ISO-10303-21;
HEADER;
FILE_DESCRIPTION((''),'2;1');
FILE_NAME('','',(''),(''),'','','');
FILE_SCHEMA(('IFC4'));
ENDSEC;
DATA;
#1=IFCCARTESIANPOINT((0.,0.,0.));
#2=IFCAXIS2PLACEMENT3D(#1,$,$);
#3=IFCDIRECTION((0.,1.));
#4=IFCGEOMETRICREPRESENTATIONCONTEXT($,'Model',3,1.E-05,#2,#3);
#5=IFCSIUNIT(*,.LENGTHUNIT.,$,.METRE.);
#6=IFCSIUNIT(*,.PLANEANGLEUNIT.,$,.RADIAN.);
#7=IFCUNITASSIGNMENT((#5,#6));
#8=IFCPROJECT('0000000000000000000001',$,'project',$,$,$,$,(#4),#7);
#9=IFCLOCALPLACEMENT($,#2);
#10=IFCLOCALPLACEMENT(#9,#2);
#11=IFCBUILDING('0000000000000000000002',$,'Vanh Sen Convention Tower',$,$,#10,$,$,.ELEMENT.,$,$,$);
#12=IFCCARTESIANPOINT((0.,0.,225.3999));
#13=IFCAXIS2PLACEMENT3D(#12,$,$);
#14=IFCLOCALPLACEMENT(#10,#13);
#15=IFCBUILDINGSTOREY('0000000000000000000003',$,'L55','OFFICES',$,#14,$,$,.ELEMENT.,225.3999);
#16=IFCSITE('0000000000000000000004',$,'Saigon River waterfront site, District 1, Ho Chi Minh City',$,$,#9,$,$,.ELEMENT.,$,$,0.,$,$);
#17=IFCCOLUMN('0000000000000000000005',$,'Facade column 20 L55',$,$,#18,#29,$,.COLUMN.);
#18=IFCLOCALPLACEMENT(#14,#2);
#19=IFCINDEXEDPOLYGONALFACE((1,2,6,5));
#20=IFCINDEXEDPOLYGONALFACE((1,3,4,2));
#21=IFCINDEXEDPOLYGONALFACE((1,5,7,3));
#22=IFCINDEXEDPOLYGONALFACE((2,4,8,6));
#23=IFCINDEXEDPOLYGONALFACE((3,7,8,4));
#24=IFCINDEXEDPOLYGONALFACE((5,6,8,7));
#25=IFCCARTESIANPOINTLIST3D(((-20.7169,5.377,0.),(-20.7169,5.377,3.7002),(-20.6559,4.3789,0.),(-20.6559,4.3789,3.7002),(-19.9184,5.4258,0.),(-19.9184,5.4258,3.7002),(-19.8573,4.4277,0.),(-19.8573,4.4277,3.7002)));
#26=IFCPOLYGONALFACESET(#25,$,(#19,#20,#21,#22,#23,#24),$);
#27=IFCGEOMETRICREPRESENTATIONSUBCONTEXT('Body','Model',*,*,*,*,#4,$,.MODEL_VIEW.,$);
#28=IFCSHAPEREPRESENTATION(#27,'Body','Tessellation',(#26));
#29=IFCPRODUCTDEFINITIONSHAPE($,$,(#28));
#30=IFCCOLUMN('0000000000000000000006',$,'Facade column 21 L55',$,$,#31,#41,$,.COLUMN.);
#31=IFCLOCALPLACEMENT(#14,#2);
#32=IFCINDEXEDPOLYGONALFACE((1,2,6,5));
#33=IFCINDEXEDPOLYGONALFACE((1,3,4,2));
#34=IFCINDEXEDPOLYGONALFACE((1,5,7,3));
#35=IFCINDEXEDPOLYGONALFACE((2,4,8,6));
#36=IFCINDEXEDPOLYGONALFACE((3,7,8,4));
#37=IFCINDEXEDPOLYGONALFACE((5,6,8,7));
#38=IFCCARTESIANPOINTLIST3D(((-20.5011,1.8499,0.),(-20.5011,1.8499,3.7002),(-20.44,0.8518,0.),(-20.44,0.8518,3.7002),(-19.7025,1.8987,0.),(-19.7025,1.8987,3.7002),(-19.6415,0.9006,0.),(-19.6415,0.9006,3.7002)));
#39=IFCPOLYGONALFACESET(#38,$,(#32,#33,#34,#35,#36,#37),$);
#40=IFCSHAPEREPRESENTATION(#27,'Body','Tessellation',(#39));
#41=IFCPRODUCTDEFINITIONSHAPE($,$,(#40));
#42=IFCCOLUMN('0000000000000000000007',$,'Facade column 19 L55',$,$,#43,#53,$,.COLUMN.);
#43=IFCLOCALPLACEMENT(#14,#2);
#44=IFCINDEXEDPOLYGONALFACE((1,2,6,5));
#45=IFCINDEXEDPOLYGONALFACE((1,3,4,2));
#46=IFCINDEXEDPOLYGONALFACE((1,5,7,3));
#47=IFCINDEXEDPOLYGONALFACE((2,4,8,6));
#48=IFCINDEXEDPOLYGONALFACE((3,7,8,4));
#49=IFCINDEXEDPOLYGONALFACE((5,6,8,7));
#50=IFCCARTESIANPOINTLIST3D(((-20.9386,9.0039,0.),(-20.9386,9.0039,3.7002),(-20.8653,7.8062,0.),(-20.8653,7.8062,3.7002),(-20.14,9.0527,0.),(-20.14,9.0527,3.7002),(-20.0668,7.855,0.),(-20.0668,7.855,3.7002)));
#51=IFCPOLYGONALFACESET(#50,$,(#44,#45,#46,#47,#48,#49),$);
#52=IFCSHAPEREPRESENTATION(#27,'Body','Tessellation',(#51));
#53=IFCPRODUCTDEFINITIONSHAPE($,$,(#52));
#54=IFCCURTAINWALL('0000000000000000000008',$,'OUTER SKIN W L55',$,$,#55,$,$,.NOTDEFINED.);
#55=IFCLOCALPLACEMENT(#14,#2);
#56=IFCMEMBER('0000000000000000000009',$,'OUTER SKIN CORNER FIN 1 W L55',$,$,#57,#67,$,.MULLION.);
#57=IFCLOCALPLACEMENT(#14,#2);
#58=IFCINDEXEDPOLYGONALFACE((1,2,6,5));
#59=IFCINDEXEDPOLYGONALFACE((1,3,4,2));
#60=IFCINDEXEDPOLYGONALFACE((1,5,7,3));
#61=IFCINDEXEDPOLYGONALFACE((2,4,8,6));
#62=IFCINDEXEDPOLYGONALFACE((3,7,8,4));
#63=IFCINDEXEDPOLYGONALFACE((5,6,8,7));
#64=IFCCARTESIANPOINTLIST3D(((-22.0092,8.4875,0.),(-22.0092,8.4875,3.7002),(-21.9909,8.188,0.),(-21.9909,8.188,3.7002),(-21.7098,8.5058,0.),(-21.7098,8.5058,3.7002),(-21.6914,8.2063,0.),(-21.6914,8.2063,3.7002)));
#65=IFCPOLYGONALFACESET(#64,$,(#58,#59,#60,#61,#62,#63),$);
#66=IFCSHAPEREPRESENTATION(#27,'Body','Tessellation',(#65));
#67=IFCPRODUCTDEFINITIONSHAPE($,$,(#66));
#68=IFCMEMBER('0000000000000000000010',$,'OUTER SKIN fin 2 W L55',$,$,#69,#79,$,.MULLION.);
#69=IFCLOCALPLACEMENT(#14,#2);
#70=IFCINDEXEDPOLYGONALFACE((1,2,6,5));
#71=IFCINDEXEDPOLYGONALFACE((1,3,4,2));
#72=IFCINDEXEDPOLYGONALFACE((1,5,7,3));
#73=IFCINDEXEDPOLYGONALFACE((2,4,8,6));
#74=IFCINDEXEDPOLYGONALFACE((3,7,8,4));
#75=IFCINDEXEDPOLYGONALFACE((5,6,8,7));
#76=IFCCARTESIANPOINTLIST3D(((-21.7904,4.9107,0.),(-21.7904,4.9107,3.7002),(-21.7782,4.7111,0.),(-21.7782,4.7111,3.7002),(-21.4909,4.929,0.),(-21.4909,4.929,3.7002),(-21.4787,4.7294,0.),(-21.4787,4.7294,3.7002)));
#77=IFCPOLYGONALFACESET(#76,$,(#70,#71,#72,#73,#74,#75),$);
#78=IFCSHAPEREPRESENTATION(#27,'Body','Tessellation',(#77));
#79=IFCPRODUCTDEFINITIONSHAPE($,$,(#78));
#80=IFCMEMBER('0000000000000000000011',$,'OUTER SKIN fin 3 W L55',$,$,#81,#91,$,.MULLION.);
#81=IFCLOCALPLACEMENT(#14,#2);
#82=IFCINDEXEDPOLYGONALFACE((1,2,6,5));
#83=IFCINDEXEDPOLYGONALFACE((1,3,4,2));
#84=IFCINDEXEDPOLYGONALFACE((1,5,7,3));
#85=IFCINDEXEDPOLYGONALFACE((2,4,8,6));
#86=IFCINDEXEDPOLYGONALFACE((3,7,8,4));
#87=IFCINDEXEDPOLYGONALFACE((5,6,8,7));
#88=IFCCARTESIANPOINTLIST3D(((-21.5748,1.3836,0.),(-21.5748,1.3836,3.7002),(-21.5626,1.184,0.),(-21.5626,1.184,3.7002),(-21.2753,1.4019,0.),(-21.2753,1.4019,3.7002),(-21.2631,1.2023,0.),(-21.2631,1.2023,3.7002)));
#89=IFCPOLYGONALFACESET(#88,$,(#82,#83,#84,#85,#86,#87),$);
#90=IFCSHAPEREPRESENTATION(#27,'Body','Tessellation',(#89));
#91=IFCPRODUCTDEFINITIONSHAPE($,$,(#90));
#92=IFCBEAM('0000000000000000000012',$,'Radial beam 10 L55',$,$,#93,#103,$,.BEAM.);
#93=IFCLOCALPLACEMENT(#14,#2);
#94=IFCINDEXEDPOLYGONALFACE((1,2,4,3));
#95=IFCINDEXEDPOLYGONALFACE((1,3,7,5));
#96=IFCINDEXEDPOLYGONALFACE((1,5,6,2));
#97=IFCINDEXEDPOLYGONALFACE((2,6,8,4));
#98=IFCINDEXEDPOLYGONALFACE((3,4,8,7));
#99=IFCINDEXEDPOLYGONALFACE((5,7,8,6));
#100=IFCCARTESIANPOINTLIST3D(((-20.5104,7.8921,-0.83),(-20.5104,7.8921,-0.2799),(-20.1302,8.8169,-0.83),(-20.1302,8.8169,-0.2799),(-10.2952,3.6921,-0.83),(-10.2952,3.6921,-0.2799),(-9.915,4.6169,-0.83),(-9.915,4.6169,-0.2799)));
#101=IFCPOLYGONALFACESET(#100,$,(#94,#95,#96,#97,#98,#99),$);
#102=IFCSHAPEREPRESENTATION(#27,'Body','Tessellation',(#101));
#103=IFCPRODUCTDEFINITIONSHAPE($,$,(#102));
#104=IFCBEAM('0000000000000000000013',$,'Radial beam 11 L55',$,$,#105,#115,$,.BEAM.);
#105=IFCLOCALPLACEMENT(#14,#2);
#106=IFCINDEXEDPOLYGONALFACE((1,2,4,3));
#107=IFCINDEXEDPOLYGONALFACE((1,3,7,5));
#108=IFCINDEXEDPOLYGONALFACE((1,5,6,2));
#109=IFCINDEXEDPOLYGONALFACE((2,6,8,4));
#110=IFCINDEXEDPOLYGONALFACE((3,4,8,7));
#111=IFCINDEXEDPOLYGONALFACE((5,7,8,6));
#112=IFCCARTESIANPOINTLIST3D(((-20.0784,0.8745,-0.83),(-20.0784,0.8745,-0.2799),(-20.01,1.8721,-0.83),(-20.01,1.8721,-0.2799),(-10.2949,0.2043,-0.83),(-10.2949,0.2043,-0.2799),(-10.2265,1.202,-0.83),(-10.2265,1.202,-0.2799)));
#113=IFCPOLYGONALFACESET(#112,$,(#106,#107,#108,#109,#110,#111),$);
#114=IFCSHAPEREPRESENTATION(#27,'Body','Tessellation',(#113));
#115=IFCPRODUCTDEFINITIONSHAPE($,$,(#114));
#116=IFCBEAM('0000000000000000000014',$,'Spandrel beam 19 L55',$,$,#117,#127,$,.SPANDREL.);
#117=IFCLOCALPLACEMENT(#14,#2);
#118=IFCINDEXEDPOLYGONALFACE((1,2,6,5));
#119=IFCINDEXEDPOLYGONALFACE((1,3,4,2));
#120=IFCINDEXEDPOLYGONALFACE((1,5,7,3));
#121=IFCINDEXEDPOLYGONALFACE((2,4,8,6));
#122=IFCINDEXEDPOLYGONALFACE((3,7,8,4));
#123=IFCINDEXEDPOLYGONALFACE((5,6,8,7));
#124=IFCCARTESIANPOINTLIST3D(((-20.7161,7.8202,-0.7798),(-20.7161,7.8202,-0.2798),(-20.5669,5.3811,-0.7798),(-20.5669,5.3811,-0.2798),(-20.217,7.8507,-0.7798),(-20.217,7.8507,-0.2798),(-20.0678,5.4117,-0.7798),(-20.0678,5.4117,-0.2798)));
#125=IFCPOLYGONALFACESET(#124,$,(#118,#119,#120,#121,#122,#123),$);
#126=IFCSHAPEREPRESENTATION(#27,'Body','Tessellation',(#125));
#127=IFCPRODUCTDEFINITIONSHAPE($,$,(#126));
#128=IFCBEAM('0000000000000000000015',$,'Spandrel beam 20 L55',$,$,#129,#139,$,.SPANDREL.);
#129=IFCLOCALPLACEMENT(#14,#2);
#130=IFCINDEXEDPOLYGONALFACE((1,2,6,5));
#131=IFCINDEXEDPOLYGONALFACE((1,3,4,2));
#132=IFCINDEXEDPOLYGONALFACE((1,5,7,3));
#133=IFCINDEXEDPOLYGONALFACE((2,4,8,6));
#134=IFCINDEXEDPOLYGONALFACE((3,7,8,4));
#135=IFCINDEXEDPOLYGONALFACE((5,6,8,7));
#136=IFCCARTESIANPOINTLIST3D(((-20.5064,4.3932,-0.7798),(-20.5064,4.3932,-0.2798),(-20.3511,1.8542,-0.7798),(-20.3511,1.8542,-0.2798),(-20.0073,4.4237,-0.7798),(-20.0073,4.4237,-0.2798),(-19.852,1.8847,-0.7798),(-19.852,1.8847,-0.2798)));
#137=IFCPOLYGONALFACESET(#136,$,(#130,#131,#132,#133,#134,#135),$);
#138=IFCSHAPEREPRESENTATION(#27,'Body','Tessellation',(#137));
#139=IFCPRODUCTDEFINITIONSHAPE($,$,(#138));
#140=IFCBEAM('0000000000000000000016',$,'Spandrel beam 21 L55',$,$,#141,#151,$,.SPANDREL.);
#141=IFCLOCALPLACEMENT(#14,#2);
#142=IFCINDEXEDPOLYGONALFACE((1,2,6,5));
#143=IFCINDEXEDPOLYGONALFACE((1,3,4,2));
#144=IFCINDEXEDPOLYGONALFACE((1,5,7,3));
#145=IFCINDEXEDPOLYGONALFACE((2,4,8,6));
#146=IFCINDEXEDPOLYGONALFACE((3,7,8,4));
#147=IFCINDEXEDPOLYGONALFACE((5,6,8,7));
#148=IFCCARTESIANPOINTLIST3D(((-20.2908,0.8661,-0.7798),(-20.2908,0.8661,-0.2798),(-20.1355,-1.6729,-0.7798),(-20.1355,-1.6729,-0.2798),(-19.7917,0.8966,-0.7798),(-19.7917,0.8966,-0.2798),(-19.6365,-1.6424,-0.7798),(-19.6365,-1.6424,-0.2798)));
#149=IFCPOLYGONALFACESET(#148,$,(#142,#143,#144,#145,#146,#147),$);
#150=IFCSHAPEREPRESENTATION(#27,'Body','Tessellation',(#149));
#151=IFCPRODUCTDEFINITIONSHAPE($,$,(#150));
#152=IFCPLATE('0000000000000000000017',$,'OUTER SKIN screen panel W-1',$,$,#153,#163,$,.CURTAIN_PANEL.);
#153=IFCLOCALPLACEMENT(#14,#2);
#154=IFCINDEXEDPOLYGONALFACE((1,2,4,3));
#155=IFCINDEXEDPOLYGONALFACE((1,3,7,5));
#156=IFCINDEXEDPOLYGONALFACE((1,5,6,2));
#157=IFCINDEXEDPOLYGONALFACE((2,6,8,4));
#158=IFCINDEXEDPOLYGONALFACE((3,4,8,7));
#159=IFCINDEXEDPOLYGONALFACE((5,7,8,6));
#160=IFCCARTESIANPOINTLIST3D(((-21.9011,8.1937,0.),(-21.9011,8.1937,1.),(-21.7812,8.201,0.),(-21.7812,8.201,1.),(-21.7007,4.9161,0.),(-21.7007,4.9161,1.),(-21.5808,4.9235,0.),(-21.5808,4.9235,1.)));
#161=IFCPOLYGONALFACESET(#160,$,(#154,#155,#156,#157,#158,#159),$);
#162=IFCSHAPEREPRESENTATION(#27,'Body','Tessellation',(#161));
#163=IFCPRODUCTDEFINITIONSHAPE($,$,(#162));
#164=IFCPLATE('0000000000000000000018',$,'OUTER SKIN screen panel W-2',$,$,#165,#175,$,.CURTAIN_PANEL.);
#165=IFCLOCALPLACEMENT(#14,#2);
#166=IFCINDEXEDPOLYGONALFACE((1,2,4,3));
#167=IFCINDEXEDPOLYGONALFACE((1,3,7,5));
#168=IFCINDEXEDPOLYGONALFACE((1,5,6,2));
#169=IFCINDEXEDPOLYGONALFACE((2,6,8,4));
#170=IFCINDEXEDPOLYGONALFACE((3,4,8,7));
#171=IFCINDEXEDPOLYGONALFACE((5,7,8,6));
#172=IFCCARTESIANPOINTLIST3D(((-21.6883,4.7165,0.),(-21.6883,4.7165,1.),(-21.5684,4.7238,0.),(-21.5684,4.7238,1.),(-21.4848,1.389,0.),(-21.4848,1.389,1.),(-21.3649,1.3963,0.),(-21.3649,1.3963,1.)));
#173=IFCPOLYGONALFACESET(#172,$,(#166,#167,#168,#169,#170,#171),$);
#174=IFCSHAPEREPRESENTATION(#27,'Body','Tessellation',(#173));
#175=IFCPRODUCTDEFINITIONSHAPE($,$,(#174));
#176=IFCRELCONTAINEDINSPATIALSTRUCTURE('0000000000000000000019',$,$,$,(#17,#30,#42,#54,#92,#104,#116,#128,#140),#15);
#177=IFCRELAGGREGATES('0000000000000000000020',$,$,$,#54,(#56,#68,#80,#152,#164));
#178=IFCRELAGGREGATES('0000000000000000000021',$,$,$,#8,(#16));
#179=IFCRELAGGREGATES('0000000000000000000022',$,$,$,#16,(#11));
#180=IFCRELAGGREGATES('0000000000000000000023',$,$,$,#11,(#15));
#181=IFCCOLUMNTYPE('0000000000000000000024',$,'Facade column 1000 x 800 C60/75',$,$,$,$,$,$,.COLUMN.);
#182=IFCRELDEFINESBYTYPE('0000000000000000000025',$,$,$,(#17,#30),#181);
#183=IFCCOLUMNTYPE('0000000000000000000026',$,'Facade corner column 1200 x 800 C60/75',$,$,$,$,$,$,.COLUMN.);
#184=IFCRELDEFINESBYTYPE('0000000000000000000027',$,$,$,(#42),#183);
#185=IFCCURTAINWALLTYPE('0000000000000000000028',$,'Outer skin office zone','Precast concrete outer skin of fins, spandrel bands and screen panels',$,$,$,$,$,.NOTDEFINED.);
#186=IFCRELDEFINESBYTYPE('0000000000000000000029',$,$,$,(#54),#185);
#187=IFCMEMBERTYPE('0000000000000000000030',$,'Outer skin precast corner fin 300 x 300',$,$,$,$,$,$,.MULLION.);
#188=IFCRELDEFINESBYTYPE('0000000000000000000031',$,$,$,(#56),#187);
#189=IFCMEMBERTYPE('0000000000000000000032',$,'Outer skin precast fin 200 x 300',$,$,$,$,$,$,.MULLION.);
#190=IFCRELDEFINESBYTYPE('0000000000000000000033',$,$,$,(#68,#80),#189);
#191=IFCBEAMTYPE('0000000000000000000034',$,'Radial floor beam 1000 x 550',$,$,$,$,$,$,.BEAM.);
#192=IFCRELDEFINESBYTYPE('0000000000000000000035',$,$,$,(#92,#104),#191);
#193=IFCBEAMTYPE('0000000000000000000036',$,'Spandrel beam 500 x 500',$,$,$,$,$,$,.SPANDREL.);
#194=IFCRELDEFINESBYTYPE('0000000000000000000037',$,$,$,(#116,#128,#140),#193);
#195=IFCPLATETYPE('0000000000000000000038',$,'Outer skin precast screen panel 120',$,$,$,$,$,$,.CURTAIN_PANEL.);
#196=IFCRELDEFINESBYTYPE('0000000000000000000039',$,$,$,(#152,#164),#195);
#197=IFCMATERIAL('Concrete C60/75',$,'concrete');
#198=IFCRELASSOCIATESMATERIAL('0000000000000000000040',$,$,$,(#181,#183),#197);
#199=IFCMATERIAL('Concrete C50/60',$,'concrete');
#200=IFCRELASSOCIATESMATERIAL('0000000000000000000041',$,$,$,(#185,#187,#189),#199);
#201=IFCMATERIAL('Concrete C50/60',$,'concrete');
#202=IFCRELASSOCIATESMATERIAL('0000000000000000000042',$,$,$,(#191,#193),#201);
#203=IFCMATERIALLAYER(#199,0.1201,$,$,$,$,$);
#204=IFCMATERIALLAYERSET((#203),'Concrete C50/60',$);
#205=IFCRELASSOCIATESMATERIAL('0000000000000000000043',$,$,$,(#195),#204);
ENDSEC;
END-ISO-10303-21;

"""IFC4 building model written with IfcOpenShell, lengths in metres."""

from ifc_helpers import new_model, si_unit, direction, frame, origin, origin_2d, place, context, subcontext, project, spatial, rectangle, extrude, material, layer, layer_set, material_profile, profile_set, type_object, element, aggregate, save


model = new_model("IFC4")

# Units and contexts
model_context = context("Model", 3, precision=1e-05, world=origin(), true_north=direction((0.0, 1.0)))
body_context = subcontext(model_context, "Body", "Model", "MODEL_VIEW")
ifc_project = project(units=[si_unit("LENGTHUNIT", "METRE"), si_unit("PLANEANGLEUNIT", "RADIAN")], contexts=[model_context])

# Site, building, storey
site_placement = place(None, origin())
site = spatial("IfcSite", under=ifc_project, at=site_placement, Name="Saigon River waterfront site, District 1, Ho Chi Minh City", CompositionType="ELEMENT", RefElevation=0.0)
building_placement = place(site_placement, origin())
building = spatial("IfcBuilding", under=site, at=building_placement, Name="Vanh Sen Convention Tower", CompositionType="ELEMENT")
storey_placement = place(building_placement, frame((0.0, 0.0, 225.3999)))
storey = spatial("IfcBuildingStorey", under=building, at=storey_placement, Name="L55", Description="OFFICES", CompositionType="ELEMENT", Elevation=225.3999)

# Columns
ifc_material_1 = material(Name="Concrete C60/75", Category="concrete")
ifc_material_profile_1 = material_profile(ifc_material_1, rectangle(XDim=1.0, YDim=0.8, at=origin_2d()), Name="RC 1000X800")
ifc_profile_set_1 = profile_set([ifc_material_profile_1], Name="Concrete C60/75")
column_type_1 = type_object("IfcColumnType", Name="Facade column 1000 x 800 C60/75", PredefinedType="COLUMN", material=ifc_profile_set_1)
for number, where, z_axis, x_axis, name in (
    (1, (-20.2871, 4.9023, 0.0), (0.0, 0.0, 1.0), (0.061049, -0.998135, 0.0), "Facade column 20 L55"),
    (2, (-20.0713, 1.3752, 0.0), (0.0, 0.0, 1.0), (0.061049, -0.998135, 0.0), "Facade column 21 L55"),
):
    element("IfcColumn", number, at=place(storey_placement, frame(where, z_axis=z_axis, x_axis=x_axis)), inside=storey, type_object=column_type_1, Name=name, PredefinedType="COLUMN", context=body_context, shape_type="SweptSolid", body=[
        extrude(rectangle(XDim=1.0, YDim=0.8, at=origin_2d()), origin(), (0.0, 0.0, 1.0), 3.7002),
    ])
ifc_material_profile_2 = material_profile(ifc_material_1, rectangle(XDim=1.2, YDim=0.8, at=origin_2d()), Name="RC 1200X800")
ifc_profile_set_2 = profile_set([ifc_material_profile_2], Name="Concrete C60/75")
column_type_2 = type_object("IfcColumnType", Name="Facade corner column 1200 x 800 C60/75", PredefinedType="COLUMN", material=ifc_profile_set_2)
column_placement = place(storey_placement, frame((-20.5027, 8.4294, 0.0), z_axis=(0.0, 0.0, 1.0), x_axis=(0.061049, -0.998135, 0.0)))
element("IfcColumn", 3, at=column_placement, inside=storey, type_object=column_type_2, Name="Facade column 19 L55", PredefinedType="COLUMN", context=body_context, shape_type="SweptSolid", body=[
    extrude(rectangle(XDim=1.2, YDim=0.8, at=origin_2d()), origin(), (0.0, 0.0, 1.0), 3.7002),
])

# Curtain wall, members
ifc_material_2 = material(Name="Concrete C50/60", Category="concrete")
curtain_wall_type = type_object("IfcCurtainWallType", Name="Outer skin office zone", Description="Precast concrete outer skin of fins, spandrel bands and screen panels", PredefinedType="NOTDEFINED", material=ifc_material_2)
curtain_wall_placement = place(storey_placement, origin())
curtain_wall = element("IfcCurtainWall", 4, at=curtain_wall_placement, inside=storey, type_object=curtain_wall_type, Name="OUTER SKIN W L55", PredefinedType="NOTDEFINED")
ifc_material_profile_3 = material_profile(ifc_material_2, rectangle(XDim=0.3, YDim=0.3, at=origin_2d()), Name="Outer skin precast corner fin 300 x 300")
ifc_profile_set_3 = profile_set([ifc_material_profile_3], Name="Concrete C50/60")
member_type_1 = type_object("IfcMemberType", Name="Outer skin precast corner fin 300 x 300", PredefinedType="MULLION", material=ifc_profile_set_3)
member_1_placement = place(storey_placement, frame((-21.8503, 8.3469, 0.0), z_axis=(0.0, 0.0, 1.0), x_axis=(0.061049, -0.998135, 0.0)))
member_1 = element("IfcMember", 5, at=member_1_placement, type_object=member_type_1, Name="OUTER SKIN CORNER FIN 1 W L55", PredefinedType="MULLION", context=body_context, shape_type="SweptSolid", body=[
    extrude(rectangle(XDim=0.3, YDim=0.3, at=origin_2d()), origin(), (0.0, 0.0, 1.0), 3.7002),
])
ifc_material_profile_4 = material_profile(ifc_material_2, rectangle(XDim=0.2, YDim=0.3, at=origin_2d()), Name="Outer skin precast fin 200 x 300")
ifc_profile_set_4 = profile_set([ifc_material_profile_4], Name="Concrete C50/60")
member_type_2 = type_object("IfcMemberType", Name="Outer skin precast fin 200 x 300", PredefinedType="MULLION", material=ifc_profile_set_4)
member_2_placement = place(storey_placement, frame((-21.6345, 4.8201, 0.0), z_axis=(0.0, 0.0, 1.0), x_axis=(0.061049, -0.998135, 0.0)))
member_2 = element("IfcMember", 6, at=member_2_placement, type_object=member_type_2, Name="OUTER SKIN fin 2 W L55", PredefinedType="MULLION", context=body_context, shape_type="SweptSolid", body=[
    extrude(rectangle(XDim=0.2, YDim=0.3, at=origin_2d()), origin(), (0.0, 0.0, 1.0), 3.7002),
])
member_3_placement = place(storey_placement, frame((-21.4189, 1.293, 0.0), z_axis=(0.0, 0.0, 1.0), x_axis=(0.061049, -0.998135, 0.0)))
member_3 = element("IfcMember", 7, at=member_3_placement, type_object=member_type_2, Name="OUTER SKIN fin 3 W L55", PredefinedType="MULLION", context=body_context, shape_type="SweptSolid", body=[
    extrude(rectangle(XDim=0.2, YDim=0.3, at=origin_2d()), origin(), (0.0, 0.0, 1.0), 3.7002),
])

# Beams
ifc_material_3 = material(Name="Concrete C50/60", Category="concrete")
ifc_material_profile_5 = material_profile(ifc_material_3, rectangle(XDim=1.0, YDim=0.55, at=origin_2d()), Name="RC 1000X550")
ifc_profile_set_5 = profile_set([ifc_material_profile_5], Name="Concrete C50/60")
beam_type_1 = type_object("IfcBeamType", Name="Radial floor beam 1000 x 550", PredefinedType="BEAM", material=ifc_profile_set_5)
beam_1_placement = place(storey_placement, frame((-20.3203, 8.3545, -0.5549), z_axis=(0.924878, -0.380265, 0.0), x_axis=(0.380265, 0.924878, 0.0)))
element("IfcBeam", 8, at=beam_1_placement, inside=storey, type_object=beam_type_1, Name="Radial beam 10 L55", PredefinedType="BEAM", context=body_context, shape_type="SweptSolid", body=[
    extrude(rectangle(XDim=1.0, YDim=0.55, at=origin_2d()), origin(), (0.0, 0.0, 1.0), 11.0449),
])
beam_2_placement = place(storey_placement, frame((-20.0442, 1.3733, -0.5549), z_axis=(0.997662, -0.06834, 0.0), x_axis=(0.06834, 0.997662, 0.0)))
element("IfcBeam", 9, at=beam_2_placement, inside=storey, type_object=beam_type_1, Name="Radial beam 11 L55", PredefinedType="BEAM", context=body_context, shape_type="SweptSolid", body=[
    extrude(rectangle(XDim=1.0, YDim=0.55, at=origin_2d()), origin(), (0.0, 0.0, 1.0), 9.8064),
])
ifc_material_profile_6 = material_profile(ifc_material_3, rectangle(XDim=0.5, YDim=0.5, at=origin_2d()), Name="RC 500X500")
ifc_profile_set_6 = profile_set([ifc_material_profile_6], Name="Concrete C50/60")
beam_type_2 = type_object("IfcBeamType", Name="Spandrel beam 500 x 500", PredefinedType="SPANDREL", material=ifc_profile_set_6)
beam_3_placement = place(storey_placement, frame((-20.4666, 7.8354, -0.5298), z_axis=(0.061047, -0.998135, 0.0), x_axis=(0.998135, 0.061047, 0.0)))
element("IfcBeam", 10, at=beam_3_placement, inside=storey, type_object=beam_type_2, Name="Spandrel beam 19 L55", PredefinedType="SPANDREL", context=body_context, shape_type="SweptSolid", body=[
    extrude(rectangle(XDim=0.5, YDim=0.5, at=origin_2d()), origin(), (0.0, 0.0, 1.0), 2.4436),
])
for number, where, z_axis, x_axis, name in (
    (11, (-20.2568, 4.4084, -0.5298), (0.06104, -0.998135, 0.0), (0.998135, 0.06104, 0.0), "Spandrel beam 20 L55"),
    (12, (-20.0413, 0.8813, -0.5298), (0.06104, -0.998135, 0.0), (0.998135, 0.06104, 0.0), "Spandrel beam 21 L55"),
):
    element("IfcBeam", number, at=place(storey_placement, frame(where, z_axis=z_axis, x_axis=x_axis)), inside=storey, type_object=beam_type_2, Name=name, PredefinedType="SPANDREL", context=body_context, shape_type="SweptSolid", body=[
        extrude(rectangle(XDim=0.5, YDim=0.5, at=origin_2d()), origin(), (0.0, 0.0, 1.0), 2.5437),
    ])

# Plates
ifc_layer_1 = layer(ifc_material_2, 0.1201)
ifc_layer_set_1 = layer_set([ifc_layer_1], Name="Concrete C50/60")
plate_type = type_object("IfcPlateType", Name="Outer skin precast screen panel 120", PredefinedType="CURTAIN_PANEL", material=ifc_layer_set_1)
plate_1_placement = place(storey_placement, frame((-21.741, 6.5586, 0.0), z_axis=(0.0, 0.0, 1.0), x_axis=(0.061043, -0.998135, 0.0)))
plate_1 = element("IfcPlate", 13, at=plate_1_placement, type_object=plate_type, Name="OUTER SKIN screen panel W-1", PredefinedType="CURTAIN_PANEL", context=body_context, shape_type="SweptSolid", body=[
    extrude(rectangle(XDim=3.2837, YDim=0.1201, at=origin_2d()), origin(), (0.0, 0.0, 1.0), 1.0),
])
plate_2_placement = place(storey_placement, frame((-21.5266, 3.0564, 0.0), z_axis=(0.0, 0.0, 1.0), x_axis=(0.061042, -0.998135, 0.0)))
plate_2 = element("IfcPlate", 14, at=plate_2_placement, type_object=plate_type, Name="OUTER SKIN screen panel W-2", PredefinedType="CURTAIN_PANEL", context=body_context, shape_type="SweptSolid", body=[
    extrude(rectangle(XDim=3.3337, YDim=0.1201, at=origin_2d()), origin(), (0.0, 0.0, 1.0), 1.0),
])
aggregate(curtain_wall, [member_1, member_2, member_3, plate_1, plate_2])

save(model, "model.ifc")
